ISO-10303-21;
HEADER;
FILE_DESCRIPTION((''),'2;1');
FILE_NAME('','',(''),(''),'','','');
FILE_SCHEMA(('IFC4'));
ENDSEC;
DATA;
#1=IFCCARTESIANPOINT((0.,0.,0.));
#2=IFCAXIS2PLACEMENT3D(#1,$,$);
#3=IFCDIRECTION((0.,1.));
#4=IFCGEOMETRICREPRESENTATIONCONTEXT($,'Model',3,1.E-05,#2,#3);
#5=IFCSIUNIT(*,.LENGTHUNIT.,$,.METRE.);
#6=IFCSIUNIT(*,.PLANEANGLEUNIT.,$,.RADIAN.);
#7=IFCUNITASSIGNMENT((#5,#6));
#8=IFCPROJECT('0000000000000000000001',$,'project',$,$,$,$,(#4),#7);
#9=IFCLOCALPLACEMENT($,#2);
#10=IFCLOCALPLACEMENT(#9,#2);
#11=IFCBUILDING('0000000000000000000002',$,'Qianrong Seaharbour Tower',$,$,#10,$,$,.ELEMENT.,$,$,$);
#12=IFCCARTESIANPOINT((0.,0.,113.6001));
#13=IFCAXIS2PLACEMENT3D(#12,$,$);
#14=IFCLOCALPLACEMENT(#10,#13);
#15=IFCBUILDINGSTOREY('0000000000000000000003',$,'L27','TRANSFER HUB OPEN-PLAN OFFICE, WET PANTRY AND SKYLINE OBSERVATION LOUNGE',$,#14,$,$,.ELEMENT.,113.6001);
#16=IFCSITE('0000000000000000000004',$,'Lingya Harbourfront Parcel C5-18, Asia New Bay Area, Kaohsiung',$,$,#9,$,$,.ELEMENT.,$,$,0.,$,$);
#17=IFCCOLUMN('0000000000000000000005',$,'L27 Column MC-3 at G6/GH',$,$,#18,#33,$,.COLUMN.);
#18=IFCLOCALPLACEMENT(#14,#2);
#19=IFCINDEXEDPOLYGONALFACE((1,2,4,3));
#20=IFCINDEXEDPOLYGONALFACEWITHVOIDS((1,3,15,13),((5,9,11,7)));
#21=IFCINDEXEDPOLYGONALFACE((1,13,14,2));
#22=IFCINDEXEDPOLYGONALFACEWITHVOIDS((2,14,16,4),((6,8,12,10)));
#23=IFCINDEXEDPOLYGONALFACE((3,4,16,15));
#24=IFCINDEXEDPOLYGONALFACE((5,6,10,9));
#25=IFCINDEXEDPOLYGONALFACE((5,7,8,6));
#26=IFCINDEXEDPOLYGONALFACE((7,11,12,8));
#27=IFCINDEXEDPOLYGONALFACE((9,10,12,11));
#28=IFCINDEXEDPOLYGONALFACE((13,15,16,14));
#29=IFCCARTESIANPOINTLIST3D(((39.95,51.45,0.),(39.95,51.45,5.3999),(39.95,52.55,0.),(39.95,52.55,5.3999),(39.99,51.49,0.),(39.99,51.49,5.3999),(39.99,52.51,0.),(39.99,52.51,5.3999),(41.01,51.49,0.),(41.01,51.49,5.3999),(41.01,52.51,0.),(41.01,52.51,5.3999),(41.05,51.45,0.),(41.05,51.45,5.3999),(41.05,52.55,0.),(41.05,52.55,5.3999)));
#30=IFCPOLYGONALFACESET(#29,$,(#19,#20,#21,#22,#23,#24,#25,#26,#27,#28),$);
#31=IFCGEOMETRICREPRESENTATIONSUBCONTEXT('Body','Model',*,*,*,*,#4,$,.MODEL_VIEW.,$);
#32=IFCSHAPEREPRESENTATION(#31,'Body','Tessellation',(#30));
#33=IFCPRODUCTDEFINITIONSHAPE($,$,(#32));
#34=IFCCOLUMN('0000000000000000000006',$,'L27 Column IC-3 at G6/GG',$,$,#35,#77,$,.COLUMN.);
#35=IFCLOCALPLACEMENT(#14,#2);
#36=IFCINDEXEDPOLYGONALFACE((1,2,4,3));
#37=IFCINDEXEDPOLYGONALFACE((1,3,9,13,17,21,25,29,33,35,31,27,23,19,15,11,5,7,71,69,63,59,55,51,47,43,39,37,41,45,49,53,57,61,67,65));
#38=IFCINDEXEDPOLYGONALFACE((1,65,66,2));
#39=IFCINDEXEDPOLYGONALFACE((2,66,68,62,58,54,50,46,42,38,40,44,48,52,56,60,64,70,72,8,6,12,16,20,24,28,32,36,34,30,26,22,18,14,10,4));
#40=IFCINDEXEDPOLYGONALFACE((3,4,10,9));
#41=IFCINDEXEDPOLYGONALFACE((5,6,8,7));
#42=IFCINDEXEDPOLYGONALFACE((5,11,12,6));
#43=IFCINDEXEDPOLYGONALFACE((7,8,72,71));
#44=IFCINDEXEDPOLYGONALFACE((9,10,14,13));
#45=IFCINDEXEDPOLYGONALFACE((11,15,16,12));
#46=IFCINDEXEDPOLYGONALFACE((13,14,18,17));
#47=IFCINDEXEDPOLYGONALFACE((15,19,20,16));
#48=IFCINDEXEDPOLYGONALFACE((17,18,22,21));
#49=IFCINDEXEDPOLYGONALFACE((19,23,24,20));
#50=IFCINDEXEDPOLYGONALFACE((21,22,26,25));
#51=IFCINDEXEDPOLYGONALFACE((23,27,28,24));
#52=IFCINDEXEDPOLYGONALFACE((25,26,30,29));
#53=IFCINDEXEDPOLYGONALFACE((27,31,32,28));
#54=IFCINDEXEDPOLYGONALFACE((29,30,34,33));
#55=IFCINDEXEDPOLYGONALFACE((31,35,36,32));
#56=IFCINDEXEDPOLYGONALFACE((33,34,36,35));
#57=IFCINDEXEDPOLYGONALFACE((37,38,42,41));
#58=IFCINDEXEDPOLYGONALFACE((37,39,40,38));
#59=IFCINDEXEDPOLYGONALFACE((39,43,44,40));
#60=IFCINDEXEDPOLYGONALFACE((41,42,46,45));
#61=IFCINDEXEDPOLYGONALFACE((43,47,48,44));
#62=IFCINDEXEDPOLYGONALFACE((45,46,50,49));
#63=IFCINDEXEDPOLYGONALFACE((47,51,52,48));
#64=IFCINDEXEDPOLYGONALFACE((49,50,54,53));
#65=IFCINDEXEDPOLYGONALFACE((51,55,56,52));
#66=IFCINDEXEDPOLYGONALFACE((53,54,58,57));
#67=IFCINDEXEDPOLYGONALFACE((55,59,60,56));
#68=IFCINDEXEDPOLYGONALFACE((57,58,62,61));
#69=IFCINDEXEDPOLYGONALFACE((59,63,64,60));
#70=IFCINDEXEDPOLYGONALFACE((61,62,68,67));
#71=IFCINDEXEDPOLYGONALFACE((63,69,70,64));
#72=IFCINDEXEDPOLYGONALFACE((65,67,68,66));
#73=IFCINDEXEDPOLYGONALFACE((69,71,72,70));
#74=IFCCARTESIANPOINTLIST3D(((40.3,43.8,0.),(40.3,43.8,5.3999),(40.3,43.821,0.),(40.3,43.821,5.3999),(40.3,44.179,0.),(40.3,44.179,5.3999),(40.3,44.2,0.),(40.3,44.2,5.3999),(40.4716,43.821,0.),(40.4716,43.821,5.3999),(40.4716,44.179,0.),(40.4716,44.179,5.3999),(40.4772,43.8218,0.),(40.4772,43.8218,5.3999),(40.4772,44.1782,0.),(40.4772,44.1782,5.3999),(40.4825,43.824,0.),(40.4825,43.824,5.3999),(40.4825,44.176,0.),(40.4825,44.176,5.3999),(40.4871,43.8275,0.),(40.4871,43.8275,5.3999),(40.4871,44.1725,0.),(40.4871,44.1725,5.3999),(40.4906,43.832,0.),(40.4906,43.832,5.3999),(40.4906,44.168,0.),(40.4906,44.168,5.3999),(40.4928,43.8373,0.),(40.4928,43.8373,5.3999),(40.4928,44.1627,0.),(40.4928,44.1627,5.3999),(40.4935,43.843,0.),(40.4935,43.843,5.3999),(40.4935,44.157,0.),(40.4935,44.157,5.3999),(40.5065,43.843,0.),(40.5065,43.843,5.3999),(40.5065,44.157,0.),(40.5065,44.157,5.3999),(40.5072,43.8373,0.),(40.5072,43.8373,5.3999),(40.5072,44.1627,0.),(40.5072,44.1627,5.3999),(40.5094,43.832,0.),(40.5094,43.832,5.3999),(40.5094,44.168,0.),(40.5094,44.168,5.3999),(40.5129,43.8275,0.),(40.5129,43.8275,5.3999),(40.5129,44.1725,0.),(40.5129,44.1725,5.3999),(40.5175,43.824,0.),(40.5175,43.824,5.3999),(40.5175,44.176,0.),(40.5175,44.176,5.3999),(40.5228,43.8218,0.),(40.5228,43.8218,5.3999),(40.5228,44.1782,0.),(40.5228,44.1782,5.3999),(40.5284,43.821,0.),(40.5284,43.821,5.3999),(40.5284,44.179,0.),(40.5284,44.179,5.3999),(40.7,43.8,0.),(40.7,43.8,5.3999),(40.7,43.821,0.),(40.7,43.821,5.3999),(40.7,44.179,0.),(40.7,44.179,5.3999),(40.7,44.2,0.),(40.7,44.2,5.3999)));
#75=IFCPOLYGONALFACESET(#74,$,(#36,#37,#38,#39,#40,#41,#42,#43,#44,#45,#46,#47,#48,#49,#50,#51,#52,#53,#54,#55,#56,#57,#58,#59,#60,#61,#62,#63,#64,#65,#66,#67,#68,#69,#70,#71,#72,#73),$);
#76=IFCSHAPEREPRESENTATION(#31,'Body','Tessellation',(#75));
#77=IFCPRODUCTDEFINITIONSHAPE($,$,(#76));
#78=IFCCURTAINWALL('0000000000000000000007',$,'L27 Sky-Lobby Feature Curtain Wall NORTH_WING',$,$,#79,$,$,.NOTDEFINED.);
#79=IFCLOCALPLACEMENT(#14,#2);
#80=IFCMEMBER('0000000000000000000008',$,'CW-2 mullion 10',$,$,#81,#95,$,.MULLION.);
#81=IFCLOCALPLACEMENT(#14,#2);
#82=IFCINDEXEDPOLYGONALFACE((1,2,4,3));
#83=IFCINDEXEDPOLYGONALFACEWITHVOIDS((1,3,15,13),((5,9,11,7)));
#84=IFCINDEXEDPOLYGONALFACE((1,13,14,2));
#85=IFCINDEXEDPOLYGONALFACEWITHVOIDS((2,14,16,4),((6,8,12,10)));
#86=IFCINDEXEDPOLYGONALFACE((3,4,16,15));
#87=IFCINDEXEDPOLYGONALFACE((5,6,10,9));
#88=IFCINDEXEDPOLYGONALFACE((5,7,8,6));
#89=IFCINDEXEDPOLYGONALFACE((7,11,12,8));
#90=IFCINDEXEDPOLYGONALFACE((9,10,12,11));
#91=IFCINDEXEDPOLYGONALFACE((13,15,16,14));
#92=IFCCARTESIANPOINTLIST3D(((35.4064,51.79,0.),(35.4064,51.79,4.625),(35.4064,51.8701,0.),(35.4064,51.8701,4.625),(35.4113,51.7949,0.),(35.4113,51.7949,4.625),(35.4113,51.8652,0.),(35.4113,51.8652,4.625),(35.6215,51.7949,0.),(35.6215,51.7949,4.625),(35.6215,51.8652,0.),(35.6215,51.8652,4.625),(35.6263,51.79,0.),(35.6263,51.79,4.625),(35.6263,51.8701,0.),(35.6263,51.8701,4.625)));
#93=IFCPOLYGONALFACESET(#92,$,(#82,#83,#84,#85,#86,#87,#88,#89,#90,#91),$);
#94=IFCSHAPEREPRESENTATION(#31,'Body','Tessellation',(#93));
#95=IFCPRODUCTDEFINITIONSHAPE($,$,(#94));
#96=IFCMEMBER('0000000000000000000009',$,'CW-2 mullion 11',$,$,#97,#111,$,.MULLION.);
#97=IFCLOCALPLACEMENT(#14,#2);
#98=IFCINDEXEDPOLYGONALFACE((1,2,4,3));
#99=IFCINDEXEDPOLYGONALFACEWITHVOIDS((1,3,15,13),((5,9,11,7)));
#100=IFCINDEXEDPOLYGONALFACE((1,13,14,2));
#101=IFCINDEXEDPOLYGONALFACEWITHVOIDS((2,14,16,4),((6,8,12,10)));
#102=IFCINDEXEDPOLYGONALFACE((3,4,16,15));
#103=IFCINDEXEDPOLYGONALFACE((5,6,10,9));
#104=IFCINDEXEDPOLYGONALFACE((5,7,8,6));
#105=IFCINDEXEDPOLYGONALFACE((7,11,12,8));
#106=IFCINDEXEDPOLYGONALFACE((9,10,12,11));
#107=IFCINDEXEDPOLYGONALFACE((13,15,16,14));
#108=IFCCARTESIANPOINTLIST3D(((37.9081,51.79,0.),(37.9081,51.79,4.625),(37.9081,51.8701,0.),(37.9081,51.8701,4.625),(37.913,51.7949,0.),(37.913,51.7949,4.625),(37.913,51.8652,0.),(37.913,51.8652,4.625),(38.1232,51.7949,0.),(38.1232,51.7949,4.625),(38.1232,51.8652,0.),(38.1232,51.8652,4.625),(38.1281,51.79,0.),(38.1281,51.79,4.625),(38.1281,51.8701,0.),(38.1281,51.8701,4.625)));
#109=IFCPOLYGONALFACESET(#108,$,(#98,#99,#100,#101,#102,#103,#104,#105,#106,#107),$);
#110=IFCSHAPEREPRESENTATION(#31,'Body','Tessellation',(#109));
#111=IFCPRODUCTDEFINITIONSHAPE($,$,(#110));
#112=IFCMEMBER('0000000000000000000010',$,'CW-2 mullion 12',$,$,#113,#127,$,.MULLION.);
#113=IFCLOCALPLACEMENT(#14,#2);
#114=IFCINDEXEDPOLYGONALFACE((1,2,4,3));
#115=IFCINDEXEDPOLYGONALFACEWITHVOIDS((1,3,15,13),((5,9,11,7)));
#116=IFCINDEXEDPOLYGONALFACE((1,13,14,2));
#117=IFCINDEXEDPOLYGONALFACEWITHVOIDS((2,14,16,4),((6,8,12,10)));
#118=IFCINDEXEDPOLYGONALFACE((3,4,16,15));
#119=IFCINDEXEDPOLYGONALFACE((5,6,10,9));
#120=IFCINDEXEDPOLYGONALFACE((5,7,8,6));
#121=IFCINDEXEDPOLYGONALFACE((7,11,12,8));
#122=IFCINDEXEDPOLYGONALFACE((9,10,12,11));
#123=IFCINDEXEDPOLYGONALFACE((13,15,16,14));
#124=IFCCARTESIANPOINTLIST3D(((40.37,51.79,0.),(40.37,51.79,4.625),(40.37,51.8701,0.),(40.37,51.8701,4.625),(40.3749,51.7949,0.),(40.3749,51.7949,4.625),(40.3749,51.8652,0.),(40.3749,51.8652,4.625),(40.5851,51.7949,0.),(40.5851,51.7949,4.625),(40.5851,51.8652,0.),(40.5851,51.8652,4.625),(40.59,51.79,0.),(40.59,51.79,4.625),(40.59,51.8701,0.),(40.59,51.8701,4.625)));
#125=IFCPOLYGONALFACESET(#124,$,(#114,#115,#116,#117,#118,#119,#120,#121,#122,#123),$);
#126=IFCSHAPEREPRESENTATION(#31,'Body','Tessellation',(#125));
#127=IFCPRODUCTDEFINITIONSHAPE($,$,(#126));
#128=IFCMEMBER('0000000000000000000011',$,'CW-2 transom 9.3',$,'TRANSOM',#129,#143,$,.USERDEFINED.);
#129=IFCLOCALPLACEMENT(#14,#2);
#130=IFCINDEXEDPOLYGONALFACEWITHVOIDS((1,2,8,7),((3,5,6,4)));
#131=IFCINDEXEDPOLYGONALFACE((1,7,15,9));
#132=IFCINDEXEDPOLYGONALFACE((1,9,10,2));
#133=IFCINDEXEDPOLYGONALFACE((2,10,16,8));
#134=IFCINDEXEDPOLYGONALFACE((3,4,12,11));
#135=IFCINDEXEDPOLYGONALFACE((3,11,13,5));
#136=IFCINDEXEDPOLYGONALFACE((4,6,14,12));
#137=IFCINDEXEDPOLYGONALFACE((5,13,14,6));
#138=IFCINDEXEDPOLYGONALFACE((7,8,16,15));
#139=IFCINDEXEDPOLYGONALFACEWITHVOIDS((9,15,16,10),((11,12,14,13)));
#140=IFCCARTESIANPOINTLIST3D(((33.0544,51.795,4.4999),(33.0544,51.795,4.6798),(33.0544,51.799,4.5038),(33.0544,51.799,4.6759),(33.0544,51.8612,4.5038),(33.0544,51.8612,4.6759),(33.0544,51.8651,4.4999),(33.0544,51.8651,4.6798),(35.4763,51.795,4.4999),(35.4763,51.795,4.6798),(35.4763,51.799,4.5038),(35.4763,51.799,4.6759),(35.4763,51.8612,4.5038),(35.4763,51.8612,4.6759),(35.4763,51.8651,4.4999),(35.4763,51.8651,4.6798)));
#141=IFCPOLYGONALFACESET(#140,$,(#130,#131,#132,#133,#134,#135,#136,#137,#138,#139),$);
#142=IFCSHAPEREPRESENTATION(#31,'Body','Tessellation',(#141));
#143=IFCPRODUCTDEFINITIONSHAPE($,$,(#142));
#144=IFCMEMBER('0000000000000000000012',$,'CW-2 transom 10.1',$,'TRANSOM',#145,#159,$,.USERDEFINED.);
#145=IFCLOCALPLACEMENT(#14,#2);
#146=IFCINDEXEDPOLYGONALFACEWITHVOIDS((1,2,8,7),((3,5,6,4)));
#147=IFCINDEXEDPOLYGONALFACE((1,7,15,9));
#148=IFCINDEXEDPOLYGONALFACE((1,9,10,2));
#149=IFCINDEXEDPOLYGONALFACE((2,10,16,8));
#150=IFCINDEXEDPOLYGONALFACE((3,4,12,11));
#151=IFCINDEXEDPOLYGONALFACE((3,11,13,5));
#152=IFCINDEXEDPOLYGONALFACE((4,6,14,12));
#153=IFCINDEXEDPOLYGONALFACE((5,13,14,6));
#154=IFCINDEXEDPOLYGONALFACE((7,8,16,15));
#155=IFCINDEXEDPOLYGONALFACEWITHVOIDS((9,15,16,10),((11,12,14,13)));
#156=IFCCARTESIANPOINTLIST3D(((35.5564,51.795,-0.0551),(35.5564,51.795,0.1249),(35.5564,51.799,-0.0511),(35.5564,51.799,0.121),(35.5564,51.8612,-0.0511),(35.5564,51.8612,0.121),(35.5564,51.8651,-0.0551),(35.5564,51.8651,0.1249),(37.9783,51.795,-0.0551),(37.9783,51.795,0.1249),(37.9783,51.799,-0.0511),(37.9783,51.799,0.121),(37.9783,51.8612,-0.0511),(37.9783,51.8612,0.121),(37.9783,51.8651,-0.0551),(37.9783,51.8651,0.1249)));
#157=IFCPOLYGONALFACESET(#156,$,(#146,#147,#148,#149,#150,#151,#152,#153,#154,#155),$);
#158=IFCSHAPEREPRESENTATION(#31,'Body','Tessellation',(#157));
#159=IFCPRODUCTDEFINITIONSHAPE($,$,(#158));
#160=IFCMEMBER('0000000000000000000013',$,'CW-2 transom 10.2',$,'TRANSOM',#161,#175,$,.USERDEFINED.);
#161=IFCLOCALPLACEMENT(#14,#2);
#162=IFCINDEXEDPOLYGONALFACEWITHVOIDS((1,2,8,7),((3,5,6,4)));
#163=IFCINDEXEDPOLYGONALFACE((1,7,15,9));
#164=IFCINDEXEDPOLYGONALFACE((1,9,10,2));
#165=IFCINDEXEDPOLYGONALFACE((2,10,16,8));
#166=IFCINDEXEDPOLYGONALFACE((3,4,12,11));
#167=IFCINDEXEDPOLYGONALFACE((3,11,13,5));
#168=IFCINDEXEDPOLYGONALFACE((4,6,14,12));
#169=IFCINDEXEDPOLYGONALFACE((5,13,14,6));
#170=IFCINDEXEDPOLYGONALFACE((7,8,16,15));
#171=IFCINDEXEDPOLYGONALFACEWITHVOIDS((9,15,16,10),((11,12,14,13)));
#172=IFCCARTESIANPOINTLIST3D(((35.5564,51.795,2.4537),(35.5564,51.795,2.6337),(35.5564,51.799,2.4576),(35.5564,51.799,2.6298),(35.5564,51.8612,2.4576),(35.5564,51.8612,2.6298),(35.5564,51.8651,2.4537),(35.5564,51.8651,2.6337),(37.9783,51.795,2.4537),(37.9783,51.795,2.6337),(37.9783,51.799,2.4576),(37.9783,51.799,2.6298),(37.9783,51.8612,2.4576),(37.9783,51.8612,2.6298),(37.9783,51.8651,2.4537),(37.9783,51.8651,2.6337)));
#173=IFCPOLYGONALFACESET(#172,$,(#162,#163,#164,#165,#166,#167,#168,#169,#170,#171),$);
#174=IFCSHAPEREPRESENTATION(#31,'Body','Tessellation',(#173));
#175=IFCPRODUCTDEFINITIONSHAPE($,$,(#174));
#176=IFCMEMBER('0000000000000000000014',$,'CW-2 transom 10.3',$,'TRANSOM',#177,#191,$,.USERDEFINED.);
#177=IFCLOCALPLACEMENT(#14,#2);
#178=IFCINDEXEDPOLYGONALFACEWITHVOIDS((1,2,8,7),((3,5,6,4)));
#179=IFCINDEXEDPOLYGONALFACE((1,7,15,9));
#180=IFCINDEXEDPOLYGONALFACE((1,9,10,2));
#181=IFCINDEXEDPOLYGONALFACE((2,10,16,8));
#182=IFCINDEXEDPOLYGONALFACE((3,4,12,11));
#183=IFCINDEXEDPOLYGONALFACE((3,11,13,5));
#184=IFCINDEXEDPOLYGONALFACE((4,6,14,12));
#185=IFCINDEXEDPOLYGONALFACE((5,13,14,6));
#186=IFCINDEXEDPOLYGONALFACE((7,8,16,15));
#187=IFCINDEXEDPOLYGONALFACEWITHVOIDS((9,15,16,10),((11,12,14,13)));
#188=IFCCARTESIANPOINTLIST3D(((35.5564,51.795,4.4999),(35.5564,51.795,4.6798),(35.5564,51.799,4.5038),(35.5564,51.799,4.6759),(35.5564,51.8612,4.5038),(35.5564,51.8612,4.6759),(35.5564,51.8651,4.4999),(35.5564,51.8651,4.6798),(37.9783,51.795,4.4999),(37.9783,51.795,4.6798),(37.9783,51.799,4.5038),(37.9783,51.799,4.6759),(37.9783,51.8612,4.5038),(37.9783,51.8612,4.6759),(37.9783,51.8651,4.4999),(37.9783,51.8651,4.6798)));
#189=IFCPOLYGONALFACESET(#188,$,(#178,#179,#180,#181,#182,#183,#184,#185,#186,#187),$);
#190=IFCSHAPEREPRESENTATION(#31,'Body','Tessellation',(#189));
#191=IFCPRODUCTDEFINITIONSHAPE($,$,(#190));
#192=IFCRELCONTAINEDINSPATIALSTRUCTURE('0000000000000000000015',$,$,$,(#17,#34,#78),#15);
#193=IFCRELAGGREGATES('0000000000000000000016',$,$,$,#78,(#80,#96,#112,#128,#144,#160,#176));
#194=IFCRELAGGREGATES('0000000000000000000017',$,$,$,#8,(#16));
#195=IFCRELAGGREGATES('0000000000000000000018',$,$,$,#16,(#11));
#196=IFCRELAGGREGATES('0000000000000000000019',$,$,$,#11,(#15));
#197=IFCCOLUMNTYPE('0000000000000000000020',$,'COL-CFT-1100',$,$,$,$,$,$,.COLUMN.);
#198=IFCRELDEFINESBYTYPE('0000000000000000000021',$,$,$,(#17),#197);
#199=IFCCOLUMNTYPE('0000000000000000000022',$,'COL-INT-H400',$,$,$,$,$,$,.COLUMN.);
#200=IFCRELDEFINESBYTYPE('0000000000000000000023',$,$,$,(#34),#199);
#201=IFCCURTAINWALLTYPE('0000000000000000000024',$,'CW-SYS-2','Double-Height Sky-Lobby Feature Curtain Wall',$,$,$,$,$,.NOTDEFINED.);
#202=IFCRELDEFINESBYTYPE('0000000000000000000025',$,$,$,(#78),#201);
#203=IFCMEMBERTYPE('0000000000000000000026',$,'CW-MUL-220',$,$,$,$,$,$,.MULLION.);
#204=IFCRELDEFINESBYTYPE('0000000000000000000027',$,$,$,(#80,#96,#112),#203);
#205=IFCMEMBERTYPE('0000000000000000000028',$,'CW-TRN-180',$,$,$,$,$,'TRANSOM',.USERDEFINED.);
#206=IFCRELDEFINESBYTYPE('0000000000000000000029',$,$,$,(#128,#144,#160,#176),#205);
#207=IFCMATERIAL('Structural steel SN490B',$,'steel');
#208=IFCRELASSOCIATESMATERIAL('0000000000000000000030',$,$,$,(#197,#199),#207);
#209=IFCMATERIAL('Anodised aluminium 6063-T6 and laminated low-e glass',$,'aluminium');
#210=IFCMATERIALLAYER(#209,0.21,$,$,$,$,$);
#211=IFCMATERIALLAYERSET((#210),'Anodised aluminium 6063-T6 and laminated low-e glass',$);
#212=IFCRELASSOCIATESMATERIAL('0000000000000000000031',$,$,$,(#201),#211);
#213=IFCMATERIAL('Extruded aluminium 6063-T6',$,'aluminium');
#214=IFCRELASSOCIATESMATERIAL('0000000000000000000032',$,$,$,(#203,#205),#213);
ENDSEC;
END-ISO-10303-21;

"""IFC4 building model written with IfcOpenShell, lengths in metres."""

from ifc_helpers import new_model, si_unit, direction, frame, origin, origin_2d, place, context, subcontext, project, spatial, hollow_rectangle, i_section, extrude, material, layer, layer_set, material_profile, profile_set, type_object, element, aggregate, save


model = new_model("IFC4")

# Units and contexts
model_context = context("Model", 3, precision=1e-05, world=origin(), true_north=direction((0.0, 1.0)))
body_context = subcontext(model_context, "Body", "Model", "MODEL_VIEW")
ifc_project = project(units=[si_unit("LENGTHUNIT", "METRE"), si_unit("PLANEANGLEUNIT", "RADIAN")], contexts=[model_context])

# Site, building, storey
site_placement = place(None, origin())
site = spatial("IfcSite", under=ifc_project, at=site_placement, Name="Lingya Harbourfront Parcel C5-18, Asia New Bay Area, Kaohsiung", CompositionType="ELEMENT", RefElevation=0.0)
building_placement = place(site_placement, origin())
building = spatial("IfcBuilding", under=site, at=building_placement, Name="Qianrong Seaharbour Tower", CompositionType="ELEMENT")
storey_placement = place(building_placement, frame((0.0, 0.0, 113.6001)))
storey = spatial("IfcBuildingStorey", under=building, at=storey_placement, Name="L27", Description="TRANSFER HUB OPEN-PLAN OFFICE, WET PANTRY AND SKYLINE OBSERVATION LOUNGE", CompositionType="ELEMENT", Elevation=113.6001)

# Columns
ifc_material_1 = material(Name="Structural steel SN490B", Category="steel")
ifc_material_profile_1 = material_profile(ifc_material_1, hollow_rectangle(XDim=1.1001, YDim=1.1001, WallThickness=0.04, at=origin_2d()), Name="BOX1100x1100x40")
ifc_profile_set_1 = profile_set([ifc_material_profile_1], Name="Structural steel SN490B")
column_type_1 = type_object("IfcColumnType", Name="COL-CFT-1100", PredefinedType="COLUMN", material=ifc_profile_set_1)
column_1_placement = place(storey_placement, frame((40.5, 52.0, 0.0), z_axis=(0.0, 0.0, 1.0), x_axis=(1.0, 0.0, 0.0)))
element("IfcColumn", 1, at=column_1_placement, inside=storey, type_object=column_type_1, Name="L27 Column MC-3 at G6/GH", PredefinedType="COLUMN", context=body_context, shape_type="SweptSolid", body=[
    extrude(hollow_rectangle(XDim=1.1001, YDim=1.1001, WallThickness=0.04, at=origin_2d()), origin(), (0.0, 0.0, 1.0), 5.3999),
])
ifc_material_profile_2 = material_profile(ifc_material_1, i_section(OverallWidth=0.3999, OverallDepth=0.3999, WebThickness=0.0129, FlangeThickness=0.021, FilletRadius=0.022, at=origin_2d()), Name="H400x400x13x21")
ifc_profile_set_2 = profile_set([ifc_material_profile_2], Name="Structural steel SN490B")
column_type_2 = type_object("IfcColumnType", Name="COL-INT-H400", PredefinedType="COLUMN", material=ifc_profile_set_2)
column_2_placement = place(storey_placement, frame((40.5, 44.0, 0.0), z_axis=(0.0, 0.0, 1.0), x_axis=(1.0, 0.0, 0.0)))
element("IfcColumn", 2, at=column_2_placement, inside=storey, type_object=column_type_2, Name="L27 Column IC-3 at G6/GG", PredefinedType="COLUMN", context=body_context, shape_type="SweptSolid", body=[
    extrude(i_section(OverallWidth=0.3999, OverallDepth=0.3999, WebThickness=0.0129, FlangeThickness=0.021, FilletRadius=0.022, at=origin_2d()), origin(), (0.0, 0.0, 1.0), 5.3999),
])

# Curtain wall, members
ifc_material_2 = material(Name="Anodised aluminium 6063-T6 and laminated low-e glass", Category="aluminium")
ifc_layer_1 = layer(ifc_material_2, 0.21)
ifc_layer_set_1 = layer_set([ifc_layer_1], Name="Anodised aluminium 6063-T6 and laminated low-e glass")
curtain_wall_type = type_object("IfcCurtainWallType", Name="CW-SYS-2", Description="Double-Height Sky-Lobby Feature Curtain Wall", PredefinedType="NOTDEFINED", material=ifc_layer_set_1)
curtain_wall_placement = place(storey_placement, origin())
curtain_wall = element("IfcCurtainWall", 3, at=curtain_wall_placement, inside=storey, type_object=curtain_wall_type, Name="L27 Sky-Lobby Feature Curtain Wall NORTH_WING", PredefinedType="NOTDEFINED")
ifc_material_3 = material(Name="Extruded aluminium 6063-T6", Category="aluminium")
ifc_material_profile_3 = material_profile(ifc_material_3, hollow_rectangle(XDim=0.0801, YDim=0.22, WallThickness=0.0049, at=origin_2d()), Name="ALU-MUL-220x80x5")
ifc_profile_set_3 = profile_set([ifc_material_profile_3], Name="Extruded aluminium 6063-T6")
member_type_1 = type_object("IfcMemberType", Name="CW-MUL-220", PredefinedType="MULLION", material=ifc_profile_set_3)
member_1_placement = place(storey_placement, frame((35.5164, 51.8301, 0.0), z_axis=(0.0, 0.0, 1.0), x_axis=(0.0, 1.0, 0.0)))
member_1 = element("IfcMember", 4, at=member_1_placement, type_object=member_type_1, Name="CW-2 mullion 10", PredefinedType="MULLION", context=body_context, shape_type="SweptSolid", body=[
    extrude(hollow_rectangle(XDim=0.0801, YDim=0.22, WallThickness=0.0049, at=origin_2d()), origin(), (0.0, 0.0, 1.0), 4.625),
])
member_2_placement = place(storey_placement, frame((38.0181, 51.8301, 0.0), z_axis=(0.0, 0.0, 1.0), x_axis=(0.0, 1.0, 0.0)))
member_2 = element("IfcMember", 5, at=member_2_placement, type_object=member_type_1, Name="CW-2 mullion 11", PredefinedType="MULLION", context=body_context, shape_type="SweptSolid", body=[
    extrude(hollow_rectangle(XDim=0.0801, YDim=0.22, WallThickness=0.0049, at=origin_2d()), origin(), (0.0, 0.0, 1.0), 4.625),
])
member_3_placement = place(storey_placement, frame((40.48, 51.8301, 0.0), z_axis=(0.0, 0.0, 1.0), x_axis=(0.0, 1.0, 0.0)))
member_3 = element("IfcMember", 6, at=member_3_placement, type_object=member_type_1, Name="CW-2 mullion 12", PredefinedType="MULLION", context=body_context, shape_type="SweptSolid", body=[
    extrude(hollow_rectangle(XDim=0.0801, YDim=0.22, WallThickness=0.0049, at=origin_2d()), origin(), (0.0, 0.0, 1.0), 4.625),
])
ifc_material_profile_4 = material_profile(ifc_material_3, hollow_rectangle(XDim=0.0701, YDim=0.1799, WallThickness=0.0039, at=origin_2d()), Name="ALU-TRN-180x70x4")
ifc_profile_set_4 = profile_set([ifc_material_profile_4], Name="Extruded aluminium 6063-T6")
member_type_2 = type_object("IfcMemberType", Name="CW-TRN-180", ElementType="TRANSOM", PredefinedType="USERDEFINED", material=ifc_profile_set_4)
member_4_placement = place(storey_placement, frame((33.0544, 51.8301, 4.5898), z_axis=(1.0, 0.0, 0.0), x_axis=(0.0, 1.0, 0.0)))
member_4 = element("IfcMember", 7, at=member_4_placement, type_object=member_type_2, Name="CW-2 transom 9.3", ObjectType="TRANSOM", PredefinedType="USERDEFINED", context=body_context, shape_type="SweptSolid", body=[
    extrude(hollow_rectangle(XDim=0.0701, YDim=0.1799, WallThickness=0.0039, at=origin_2d()), origin(), (0.0, 0.0, 1.0), 2.4219),
])
member_5_placement = place(storey_placement, frame((35.5564, 51.8301, 0.0349), z_axis=(1.0, 0.0, 0.0), x_axis=(0.0, 1.0, 0.0)))
member_5 = element("IfcMember", 8, at=member_5_placement, type_object=member_type_2, Name="CW-2 transom 10.1", ObjectType="TRANSOM", PredefinedType="USERDEFINED", context=body_context, shape_type="SweptSolid", body=[
    extrude(hollow_rectangle(XDim=0.0701, YDim=0.1799, WallThickness=0.0039, at=origin_2d()), origin(), (0.0, 0.0, 1.0), 2.4219),
])
member_6_placement = place(storey_placement, frame((35.5564, 51.8301, 2.5437), z_axis=(1.0, 0.0, 0.0), x_axis=(0.0, 1.0, 0.0)))
member_6 = element("IfcMember", 9, at=member_6_placement, type_object=member_type_2, Name="CW-2 transom 10.2", ObjectType="TRANSOM", PredefinedType="USERDEFINED", context=body_context, shape_type="SweptSolid", body=[
    extrude(hollow_rectangle(XDim=0.0701, YDim=0.1799, WallThickness=0.0039, at=origin_2d()), origin(), (0.0, 0.0, 1.0), 2.4219),
])
member_7_placement = place(storey_placement, frame((35.5564, 51.8301, 4.5898), z_axis=(1.0, 0.0, 0.0), x_axis=(0.0, 1.0, 0.0)))
member_7 = element("IfcMember", 10, at=member_7_placement, type_object=member_type_2, Name="CW-2 transom 10.3", ObjectType="TRANSOM", PredefinedType="USERDEFINED", context=body_context, shape_type="SweptSolid", body=[
    extrude(hollow_rectangle(XDim=0.0701, YDim=0.1799, WallThickness=0.0039, at=origin_2d()), origin(), (0.0, 0.0, 1.0), 2.4219),
])
aggregate(curtain_wall, [member_1, member_2, member_3, member_4, member_5, member_6, member_7])

save(model, "model.ifc")
